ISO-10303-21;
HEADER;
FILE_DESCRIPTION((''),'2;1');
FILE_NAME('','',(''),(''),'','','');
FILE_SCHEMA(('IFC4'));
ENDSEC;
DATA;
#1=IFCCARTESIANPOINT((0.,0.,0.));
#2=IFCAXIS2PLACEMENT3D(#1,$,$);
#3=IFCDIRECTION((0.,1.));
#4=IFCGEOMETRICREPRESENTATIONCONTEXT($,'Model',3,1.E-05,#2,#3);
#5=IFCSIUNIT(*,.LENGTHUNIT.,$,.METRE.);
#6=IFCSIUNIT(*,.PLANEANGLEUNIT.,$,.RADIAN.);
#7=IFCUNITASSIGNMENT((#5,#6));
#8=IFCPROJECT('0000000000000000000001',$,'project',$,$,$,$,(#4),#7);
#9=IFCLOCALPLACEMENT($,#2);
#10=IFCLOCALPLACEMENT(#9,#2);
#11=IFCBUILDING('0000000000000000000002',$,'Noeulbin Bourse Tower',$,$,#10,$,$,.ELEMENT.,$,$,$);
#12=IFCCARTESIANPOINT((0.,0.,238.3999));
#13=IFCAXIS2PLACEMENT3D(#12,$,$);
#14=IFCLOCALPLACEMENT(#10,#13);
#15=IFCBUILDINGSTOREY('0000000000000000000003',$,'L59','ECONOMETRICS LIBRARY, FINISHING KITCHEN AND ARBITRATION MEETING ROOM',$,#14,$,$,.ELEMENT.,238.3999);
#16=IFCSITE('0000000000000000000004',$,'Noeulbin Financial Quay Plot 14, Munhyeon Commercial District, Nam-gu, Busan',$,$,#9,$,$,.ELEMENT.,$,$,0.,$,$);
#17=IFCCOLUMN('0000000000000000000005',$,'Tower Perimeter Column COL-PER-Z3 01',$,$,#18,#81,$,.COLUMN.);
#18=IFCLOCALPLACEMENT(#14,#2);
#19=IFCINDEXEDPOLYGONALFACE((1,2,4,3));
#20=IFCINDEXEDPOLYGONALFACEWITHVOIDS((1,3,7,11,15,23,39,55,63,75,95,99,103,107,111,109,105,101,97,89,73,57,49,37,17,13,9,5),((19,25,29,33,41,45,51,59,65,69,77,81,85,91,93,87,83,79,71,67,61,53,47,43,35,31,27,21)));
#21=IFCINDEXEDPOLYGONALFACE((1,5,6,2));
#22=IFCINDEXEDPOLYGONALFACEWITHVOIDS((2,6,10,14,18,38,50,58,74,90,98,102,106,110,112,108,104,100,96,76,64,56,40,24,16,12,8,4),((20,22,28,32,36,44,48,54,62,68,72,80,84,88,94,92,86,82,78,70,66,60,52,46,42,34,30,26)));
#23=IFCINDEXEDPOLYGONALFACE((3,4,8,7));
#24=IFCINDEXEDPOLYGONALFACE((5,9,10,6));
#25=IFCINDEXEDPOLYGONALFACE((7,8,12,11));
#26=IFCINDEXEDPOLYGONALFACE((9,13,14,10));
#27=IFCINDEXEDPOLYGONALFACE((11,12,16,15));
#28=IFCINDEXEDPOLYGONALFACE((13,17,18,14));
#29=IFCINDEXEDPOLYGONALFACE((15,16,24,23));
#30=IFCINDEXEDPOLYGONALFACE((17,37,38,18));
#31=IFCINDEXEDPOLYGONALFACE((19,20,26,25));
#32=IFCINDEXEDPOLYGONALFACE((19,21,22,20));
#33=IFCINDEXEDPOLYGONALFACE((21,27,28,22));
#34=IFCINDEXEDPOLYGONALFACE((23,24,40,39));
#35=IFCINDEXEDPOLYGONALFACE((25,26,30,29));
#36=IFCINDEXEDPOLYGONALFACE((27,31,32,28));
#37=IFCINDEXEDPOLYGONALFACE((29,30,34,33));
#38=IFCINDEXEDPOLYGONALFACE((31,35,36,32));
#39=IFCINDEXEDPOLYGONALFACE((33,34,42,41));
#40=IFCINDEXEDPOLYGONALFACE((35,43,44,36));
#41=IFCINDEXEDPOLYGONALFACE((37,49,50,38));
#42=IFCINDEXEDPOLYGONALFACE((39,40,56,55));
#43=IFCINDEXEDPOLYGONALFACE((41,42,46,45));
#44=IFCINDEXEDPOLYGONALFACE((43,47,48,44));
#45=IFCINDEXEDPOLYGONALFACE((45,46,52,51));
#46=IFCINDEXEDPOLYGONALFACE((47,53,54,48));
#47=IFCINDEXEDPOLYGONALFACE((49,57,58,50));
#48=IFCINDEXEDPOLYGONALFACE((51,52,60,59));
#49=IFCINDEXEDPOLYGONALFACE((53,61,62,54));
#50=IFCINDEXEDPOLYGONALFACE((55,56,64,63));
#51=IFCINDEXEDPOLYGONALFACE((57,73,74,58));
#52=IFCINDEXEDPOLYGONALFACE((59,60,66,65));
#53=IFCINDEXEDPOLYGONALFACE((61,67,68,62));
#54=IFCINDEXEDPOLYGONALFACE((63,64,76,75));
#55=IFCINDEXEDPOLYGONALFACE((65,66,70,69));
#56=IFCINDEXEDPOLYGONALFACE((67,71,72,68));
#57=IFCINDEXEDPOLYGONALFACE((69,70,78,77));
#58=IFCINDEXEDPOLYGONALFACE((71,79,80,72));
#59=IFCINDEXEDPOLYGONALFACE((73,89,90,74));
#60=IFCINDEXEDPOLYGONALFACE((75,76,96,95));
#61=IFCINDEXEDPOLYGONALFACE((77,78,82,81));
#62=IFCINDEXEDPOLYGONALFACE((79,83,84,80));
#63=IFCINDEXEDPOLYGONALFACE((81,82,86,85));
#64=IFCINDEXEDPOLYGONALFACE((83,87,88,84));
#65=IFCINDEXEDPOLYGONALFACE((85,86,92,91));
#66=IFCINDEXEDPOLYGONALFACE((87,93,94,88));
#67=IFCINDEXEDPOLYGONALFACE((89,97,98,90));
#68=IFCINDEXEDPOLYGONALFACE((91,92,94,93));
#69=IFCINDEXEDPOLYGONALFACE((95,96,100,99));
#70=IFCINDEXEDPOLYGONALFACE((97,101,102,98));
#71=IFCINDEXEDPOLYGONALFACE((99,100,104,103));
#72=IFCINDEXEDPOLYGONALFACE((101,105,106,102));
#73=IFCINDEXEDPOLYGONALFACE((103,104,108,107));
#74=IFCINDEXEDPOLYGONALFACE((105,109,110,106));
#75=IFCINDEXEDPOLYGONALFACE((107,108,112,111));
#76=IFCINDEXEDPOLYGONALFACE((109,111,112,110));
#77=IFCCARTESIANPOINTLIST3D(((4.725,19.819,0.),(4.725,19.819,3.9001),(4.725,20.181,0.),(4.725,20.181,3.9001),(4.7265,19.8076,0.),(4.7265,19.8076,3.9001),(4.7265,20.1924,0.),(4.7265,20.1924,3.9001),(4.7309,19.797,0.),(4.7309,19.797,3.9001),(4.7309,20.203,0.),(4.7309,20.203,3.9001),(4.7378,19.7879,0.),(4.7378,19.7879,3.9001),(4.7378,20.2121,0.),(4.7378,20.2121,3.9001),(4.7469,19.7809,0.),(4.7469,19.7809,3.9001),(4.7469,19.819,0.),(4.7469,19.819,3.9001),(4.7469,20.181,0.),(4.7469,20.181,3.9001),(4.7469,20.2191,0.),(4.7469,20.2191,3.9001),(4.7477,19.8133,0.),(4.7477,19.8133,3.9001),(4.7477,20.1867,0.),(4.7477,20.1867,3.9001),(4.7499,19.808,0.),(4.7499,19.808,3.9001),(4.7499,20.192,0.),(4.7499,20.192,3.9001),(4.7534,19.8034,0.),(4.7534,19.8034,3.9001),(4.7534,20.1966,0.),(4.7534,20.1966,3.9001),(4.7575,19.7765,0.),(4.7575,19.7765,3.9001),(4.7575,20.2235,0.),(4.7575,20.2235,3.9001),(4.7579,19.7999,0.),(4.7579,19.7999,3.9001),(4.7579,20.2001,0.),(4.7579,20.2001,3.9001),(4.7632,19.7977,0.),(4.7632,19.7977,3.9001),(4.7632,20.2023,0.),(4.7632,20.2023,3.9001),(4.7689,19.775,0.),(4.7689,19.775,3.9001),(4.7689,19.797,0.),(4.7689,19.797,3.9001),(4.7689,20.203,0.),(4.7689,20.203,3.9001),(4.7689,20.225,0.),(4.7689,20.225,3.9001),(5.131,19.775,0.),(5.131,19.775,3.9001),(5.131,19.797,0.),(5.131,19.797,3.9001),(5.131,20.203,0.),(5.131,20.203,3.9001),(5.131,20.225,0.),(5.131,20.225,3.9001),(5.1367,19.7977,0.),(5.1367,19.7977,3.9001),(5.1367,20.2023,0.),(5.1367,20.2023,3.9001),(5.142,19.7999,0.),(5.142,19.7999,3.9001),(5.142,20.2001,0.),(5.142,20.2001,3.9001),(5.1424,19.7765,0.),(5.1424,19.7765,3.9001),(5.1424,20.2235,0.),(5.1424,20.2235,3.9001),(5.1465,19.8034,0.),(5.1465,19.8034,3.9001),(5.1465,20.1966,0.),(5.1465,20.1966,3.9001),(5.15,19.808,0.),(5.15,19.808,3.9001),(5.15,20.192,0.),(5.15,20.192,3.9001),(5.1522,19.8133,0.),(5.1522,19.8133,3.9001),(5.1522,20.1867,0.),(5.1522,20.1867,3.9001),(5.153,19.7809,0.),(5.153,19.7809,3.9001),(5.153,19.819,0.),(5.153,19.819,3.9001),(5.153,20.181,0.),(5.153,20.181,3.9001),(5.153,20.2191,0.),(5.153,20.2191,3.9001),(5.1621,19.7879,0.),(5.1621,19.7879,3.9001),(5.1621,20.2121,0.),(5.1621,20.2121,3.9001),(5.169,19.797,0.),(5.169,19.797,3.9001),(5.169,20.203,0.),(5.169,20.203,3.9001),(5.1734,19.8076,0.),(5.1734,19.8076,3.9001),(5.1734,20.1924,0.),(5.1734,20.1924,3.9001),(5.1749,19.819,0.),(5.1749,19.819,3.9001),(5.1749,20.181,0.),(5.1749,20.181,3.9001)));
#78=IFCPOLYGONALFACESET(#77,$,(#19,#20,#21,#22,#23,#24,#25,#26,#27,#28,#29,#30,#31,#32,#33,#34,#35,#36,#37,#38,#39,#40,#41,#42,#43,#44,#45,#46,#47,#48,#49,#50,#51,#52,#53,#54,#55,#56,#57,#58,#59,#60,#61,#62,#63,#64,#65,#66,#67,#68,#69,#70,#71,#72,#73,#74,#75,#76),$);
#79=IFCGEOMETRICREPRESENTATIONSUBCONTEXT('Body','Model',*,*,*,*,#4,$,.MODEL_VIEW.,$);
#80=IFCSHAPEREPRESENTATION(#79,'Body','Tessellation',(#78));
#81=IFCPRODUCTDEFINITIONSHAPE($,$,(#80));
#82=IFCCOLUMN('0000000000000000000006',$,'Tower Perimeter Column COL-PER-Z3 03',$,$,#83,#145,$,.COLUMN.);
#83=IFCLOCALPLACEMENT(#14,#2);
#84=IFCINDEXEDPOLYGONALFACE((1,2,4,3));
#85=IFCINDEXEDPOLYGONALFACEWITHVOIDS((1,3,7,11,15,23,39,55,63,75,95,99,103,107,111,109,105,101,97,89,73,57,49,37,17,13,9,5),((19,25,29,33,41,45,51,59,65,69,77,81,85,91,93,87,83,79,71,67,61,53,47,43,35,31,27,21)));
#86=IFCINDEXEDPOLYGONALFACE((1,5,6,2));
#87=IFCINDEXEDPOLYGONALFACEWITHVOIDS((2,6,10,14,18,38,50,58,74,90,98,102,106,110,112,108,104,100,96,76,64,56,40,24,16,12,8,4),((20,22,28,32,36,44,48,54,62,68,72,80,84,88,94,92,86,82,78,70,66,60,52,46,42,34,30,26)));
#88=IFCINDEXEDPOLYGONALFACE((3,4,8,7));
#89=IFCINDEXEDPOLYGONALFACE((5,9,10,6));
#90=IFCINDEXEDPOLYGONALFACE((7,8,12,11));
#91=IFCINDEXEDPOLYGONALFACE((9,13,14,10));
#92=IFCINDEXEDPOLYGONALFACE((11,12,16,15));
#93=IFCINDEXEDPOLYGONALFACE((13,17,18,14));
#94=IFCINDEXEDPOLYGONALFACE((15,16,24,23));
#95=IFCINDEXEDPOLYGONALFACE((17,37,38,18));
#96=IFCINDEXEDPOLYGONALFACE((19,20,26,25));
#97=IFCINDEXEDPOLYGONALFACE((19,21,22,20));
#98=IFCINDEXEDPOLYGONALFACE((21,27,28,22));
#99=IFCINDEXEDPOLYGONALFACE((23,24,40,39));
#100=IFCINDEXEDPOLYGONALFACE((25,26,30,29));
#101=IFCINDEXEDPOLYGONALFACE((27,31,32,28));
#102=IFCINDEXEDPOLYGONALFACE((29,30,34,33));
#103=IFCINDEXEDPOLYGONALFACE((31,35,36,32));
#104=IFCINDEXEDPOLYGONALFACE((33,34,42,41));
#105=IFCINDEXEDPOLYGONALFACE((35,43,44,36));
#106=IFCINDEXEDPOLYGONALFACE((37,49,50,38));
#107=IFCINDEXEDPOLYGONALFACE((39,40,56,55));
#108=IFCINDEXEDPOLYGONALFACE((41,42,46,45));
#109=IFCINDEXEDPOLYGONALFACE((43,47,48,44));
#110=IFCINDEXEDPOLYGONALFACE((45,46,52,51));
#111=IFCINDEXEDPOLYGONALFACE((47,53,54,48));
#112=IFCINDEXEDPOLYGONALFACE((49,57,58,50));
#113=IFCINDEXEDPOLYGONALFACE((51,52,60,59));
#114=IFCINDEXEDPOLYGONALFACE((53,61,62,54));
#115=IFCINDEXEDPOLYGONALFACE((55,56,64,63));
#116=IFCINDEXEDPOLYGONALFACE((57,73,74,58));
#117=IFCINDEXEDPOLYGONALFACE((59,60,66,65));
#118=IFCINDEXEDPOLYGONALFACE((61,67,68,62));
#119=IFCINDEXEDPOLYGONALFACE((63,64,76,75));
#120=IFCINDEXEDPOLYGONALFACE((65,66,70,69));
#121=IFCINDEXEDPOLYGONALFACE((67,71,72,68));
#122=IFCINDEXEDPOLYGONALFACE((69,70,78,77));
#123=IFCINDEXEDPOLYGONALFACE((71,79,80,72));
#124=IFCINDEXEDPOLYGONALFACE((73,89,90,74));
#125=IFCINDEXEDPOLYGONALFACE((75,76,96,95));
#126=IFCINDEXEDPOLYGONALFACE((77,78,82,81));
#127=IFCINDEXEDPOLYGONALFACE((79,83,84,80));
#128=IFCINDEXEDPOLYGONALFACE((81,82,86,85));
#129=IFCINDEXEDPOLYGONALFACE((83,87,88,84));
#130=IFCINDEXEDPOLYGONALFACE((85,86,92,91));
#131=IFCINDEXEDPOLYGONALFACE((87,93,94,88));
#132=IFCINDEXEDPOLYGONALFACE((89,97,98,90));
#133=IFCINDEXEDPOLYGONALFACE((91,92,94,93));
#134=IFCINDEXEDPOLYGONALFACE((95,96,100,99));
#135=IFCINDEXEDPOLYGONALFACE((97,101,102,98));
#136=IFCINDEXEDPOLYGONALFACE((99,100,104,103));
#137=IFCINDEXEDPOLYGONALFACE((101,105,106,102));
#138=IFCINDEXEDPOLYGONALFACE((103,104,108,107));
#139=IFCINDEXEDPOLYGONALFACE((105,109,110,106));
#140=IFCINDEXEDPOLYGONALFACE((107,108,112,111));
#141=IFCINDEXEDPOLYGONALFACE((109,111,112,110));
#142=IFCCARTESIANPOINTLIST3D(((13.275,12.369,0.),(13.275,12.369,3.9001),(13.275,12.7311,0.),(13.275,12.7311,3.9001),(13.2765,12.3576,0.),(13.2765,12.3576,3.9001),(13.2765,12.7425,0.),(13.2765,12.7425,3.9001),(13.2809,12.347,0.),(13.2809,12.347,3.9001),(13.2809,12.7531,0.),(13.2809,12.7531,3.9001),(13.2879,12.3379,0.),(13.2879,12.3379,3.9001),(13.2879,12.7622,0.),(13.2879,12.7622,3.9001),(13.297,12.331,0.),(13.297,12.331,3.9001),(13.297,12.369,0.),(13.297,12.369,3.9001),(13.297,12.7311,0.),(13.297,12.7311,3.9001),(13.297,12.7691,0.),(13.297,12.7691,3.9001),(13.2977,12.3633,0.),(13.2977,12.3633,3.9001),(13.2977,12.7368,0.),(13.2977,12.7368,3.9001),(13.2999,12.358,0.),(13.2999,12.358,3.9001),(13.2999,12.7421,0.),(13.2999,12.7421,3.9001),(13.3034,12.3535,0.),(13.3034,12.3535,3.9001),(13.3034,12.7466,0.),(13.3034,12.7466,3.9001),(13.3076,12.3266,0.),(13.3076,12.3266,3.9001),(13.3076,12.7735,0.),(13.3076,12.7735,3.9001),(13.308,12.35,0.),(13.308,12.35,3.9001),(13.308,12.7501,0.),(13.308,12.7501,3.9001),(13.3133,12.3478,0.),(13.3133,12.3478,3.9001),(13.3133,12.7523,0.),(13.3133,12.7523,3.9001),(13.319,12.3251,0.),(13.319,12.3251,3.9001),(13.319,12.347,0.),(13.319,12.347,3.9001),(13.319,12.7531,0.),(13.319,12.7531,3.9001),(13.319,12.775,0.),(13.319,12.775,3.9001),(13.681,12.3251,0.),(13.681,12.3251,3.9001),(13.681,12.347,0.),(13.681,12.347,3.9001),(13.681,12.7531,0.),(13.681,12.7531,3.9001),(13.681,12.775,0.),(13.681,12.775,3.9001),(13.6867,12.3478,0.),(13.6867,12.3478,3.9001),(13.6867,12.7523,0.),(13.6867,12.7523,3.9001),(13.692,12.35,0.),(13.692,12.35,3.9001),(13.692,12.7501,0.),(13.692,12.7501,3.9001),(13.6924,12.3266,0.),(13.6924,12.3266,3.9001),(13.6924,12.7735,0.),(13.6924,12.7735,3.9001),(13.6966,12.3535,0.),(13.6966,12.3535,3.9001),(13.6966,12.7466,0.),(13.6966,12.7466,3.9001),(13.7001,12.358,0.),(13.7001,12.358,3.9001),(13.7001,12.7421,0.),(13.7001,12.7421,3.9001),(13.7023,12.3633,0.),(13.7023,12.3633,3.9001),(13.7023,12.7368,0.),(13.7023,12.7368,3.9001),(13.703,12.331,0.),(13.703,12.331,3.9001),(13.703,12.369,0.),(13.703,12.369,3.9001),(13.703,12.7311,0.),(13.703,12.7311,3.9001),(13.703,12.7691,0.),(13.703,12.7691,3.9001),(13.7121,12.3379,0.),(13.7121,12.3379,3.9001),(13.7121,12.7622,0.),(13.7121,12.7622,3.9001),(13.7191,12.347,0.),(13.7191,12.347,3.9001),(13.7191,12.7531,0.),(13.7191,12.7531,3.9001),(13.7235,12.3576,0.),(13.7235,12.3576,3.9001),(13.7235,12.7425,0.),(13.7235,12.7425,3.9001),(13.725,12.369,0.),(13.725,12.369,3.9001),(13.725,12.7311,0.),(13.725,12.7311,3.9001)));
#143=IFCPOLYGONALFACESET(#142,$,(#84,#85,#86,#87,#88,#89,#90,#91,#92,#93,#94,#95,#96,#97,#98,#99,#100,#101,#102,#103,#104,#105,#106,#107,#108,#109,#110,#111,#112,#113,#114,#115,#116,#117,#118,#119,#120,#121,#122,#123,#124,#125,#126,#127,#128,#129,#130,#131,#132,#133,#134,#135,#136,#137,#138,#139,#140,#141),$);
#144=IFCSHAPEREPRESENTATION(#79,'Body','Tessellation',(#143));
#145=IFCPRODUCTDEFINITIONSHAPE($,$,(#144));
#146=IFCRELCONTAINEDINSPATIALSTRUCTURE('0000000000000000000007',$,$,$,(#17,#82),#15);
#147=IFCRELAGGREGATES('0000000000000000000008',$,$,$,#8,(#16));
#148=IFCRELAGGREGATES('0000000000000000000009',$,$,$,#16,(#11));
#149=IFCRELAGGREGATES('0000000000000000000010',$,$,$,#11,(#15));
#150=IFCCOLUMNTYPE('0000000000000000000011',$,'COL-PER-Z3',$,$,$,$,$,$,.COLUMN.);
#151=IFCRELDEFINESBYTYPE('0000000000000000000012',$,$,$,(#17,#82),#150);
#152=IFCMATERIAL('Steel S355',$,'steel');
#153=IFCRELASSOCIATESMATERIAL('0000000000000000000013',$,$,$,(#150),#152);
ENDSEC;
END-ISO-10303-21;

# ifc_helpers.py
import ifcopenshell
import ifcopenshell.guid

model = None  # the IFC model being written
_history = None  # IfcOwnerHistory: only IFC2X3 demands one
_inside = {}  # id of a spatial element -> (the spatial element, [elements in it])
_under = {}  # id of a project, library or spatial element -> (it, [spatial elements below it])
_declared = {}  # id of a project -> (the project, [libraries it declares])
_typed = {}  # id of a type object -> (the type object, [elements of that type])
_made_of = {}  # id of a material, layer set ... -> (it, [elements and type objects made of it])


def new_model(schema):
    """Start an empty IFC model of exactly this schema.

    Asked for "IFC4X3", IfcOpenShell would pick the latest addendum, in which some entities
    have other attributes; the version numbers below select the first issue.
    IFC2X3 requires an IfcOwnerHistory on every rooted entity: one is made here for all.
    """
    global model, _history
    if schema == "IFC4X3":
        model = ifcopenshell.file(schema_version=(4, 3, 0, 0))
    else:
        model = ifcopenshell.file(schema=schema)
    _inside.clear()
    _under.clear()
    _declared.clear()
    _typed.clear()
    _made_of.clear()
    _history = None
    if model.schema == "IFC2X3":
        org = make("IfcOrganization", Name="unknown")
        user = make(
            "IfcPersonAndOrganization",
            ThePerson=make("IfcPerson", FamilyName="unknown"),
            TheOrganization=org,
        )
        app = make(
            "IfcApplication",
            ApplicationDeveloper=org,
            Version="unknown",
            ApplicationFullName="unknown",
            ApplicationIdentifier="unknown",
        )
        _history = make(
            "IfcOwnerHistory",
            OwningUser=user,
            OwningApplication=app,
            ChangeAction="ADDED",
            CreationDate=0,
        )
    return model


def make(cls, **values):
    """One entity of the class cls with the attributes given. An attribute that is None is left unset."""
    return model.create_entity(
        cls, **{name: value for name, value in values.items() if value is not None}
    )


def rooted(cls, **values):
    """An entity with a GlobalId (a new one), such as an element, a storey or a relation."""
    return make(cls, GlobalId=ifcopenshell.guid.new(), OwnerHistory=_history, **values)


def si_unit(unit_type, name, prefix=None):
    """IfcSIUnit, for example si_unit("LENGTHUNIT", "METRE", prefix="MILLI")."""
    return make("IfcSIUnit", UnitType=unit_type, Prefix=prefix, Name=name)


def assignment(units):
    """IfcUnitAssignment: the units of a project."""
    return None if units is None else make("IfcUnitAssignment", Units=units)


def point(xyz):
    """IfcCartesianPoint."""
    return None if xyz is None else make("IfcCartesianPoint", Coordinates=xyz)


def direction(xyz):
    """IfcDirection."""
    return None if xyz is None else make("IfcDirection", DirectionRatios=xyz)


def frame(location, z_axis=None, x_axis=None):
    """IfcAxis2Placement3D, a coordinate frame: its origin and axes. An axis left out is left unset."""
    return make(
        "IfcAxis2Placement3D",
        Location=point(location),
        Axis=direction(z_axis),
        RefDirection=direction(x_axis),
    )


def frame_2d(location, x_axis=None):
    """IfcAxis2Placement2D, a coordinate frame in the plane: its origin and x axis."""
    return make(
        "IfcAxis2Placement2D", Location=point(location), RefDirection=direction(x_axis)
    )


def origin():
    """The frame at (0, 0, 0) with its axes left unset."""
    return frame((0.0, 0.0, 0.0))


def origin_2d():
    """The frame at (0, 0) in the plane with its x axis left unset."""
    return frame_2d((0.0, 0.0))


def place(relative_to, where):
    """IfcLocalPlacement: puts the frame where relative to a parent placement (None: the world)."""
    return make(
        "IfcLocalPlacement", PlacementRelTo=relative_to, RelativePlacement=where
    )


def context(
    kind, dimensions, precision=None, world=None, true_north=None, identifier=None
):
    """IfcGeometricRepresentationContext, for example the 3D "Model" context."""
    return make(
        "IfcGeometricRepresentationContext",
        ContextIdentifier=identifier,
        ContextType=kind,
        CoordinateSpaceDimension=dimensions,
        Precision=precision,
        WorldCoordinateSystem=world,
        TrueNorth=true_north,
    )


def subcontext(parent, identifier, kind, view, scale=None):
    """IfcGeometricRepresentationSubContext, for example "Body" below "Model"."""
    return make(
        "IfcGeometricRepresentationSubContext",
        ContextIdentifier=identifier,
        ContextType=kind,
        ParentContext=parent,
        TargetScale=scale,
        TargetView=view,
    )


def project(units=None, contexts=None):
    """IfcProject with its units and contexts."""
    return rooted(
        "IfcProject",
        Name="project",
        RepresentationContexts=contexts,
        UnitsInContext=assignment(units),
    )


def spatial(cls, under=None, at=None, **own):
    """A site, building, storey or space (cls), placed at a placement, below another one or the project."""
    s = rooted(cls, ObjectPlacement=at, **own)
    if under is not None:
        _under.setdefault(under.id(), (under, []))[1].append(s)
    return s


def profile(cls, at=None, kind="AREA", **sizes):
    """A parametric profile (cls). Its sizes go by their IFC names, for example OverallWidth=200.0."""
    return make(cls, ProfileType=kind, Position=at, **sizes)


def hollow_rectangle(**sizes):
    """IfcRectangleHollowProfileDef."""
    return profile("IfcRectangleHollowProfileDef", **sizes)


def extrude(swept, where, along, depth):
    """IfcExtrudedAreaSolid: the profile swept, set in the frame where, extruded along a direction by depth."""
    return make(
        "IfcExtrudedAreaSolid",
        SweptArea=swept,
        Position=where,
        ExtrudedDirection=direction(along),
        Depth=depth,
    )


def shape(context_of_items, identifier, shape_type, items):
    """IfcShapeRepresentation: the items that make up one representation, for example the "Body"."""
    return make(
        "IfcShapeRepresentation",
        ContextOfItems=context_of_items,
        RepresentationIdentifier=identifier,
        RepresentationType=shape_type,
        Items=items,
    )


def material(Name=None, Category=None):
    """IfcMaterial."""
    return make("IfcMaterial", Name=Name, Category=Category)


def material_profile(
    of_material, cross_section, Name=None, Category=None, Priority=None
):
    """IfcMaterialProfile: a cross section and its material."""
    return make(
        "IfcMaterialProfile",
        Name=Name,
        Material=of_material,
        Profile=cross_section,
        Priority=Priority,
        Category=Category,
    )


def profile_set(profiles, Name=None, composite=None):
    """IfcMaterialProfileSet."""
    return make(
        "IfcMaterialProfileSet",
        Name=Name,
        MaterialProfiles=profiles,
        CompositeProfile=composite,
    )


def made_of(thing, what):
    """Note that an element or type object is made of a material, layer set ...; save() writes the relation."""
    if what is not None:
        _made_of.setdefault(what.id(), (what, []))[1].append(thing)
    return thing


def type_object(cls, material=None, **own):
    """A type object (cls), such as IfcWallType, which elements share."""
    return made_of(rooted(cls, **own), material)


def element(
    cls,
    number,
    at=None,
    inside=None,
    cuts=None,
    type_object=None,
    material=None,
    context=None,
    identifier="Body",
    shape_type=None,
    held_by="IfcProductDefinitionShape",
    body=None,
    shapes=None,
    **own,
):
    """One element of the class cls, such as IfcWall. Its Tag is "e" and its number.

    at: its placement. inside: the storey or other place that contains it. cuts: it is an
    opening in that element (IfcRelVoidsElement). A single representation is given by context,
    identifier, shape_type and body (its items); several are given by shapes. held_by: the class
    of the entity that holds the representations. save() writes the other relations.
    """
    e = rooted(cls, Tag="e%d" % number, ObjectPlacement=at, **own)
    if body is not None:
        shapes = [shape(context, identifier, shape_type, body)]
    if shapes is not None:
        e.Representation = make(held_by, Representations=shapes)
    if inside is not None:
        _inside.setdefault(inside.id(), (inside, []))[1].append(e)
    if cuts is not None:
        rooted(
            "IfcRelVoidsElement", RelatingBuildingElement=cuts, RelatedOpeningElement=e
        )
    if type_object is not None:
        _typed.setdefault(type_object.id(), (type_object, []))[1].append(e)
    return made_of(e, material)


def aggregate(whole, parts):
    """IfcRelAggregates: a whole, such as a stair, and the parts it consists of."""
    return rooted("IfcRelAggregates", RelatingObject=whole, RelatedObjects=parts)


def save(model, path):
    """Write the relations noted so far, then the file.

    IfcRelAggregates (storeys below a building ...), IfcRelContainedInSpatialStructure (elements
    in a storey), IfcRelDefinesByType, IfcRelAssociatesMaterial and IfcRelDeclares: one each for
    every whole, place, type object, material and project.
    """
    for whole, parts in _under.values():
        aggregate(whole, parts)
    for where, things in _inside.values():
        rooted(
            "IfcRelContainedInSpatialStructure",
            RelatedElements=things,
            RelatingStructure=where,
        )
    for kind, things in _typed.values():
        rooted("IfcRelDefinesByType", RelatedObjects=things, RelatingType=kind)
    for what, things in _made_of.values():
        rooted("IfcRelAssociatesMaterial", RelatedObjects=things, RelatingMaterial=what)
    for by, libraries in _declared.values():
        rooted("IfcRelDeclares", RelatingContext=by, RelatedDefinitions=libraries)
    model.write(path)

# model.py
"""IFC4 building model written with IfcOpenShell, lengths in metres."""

from ifc_helpers import new_model, si_unit, direction, frame, origin, origin_2d, place, context, subcontext, project, spatial, hollow_rectangle, extrude, material, material_profile, profile_set, type_object, element, save


model = new_model("IFC4")

# Units and contexts
model_context = context("Model", 3, precision=1e-05, world=origin(), true_north=direction((0.0, 1.0)))
body_context = subcontext(model_context, "Body", "Model", "MODEL_VIEW")
ifc_project = project(units=[si_unit("LENGTHUNIT", "METRE"), si_unit("PLANEANGLEUNIT", "RADIAN")], contexts=[model_context])

# Site, building, storey
site_placement = place(None, origin())
site = spatial("IfcSite", under=ifc_project, at=site_placement, Name="Noeulbin Financial Quay Plot 14, Munhyeon Commercial District, Nam-gu, Busan", CompositionType="ELEMENT", RefElevation=0.0)
building_placement = place(site_placement, origin())
building = spatial("IfcBuilding", under=site, at=building_placement, Name="Noeulbin Bourse Tower", CompositionType="ELEMENT")
storey_placement = place(building_placement, frame((0.0, 0.0, 238.3999)))
storey = spatial("IfcBuildingStorey", under=building, at=storey_placement, Name="L59", Description="ECONOMETRICS LIBRARY, FINISHING KITCHEN AND ARBITRATION MEETING ROOM", CompositionType="ELEMENT", Elevation=238.3999)

# Columns
ifc_material_1 = material(Name="Steel S355", Category="steel")
ifc_material_profile_1 = material_profile(ifc_material_1, hollow_rectangle(XDim=0.45, YDim=0.45, WallThickness=0.022, InnerFilletRadius=0.022, OuterFilletRadius=0.0439, at=origin_2d()), Name="SHS-450x450x22", Category="LoadBearing")
ifc_profile_set_1 = profile_set([ifc_material_profile_1], Name="Steel S355")
column_type_1 = type_object("IfcColumnType", Name="COL-PER-Z3", PredefinedType="COLUMN", material=ifc_profile_set_1)
for number, where, z_axis, x_axis, name in (
    (1, (4.95, 20.0, 0.0), (0.0, 0.0, 1.0), (1.0, 0.0, 0.0), "Tower Perimeter Column COL-PER-Z3 01"),
    (2, (13.5, 12.55, 0.0), (0.0, 0.0, 1.0), (1.0, 0.0, 0.0), "Tower Perimeter Column COL-PER-Z3 03"),
):
    element("IfcColumn", number, at=place(storey_placement, frame(where, z_axis=z_axis, x_axis=x_axis)), inside=storey, type_object=column_type_1, Name=name, PredefinedType="COLUMN", context=body_context, shape_type="SweptSolid", body=[
        extrude(hollow_rectangle(XDim=0.45, YDim=0.45, WallThickness=0.022, InnerFilletRadius=0.022, OuterFilletRadius=0.0439, at=origin_2d()), origin(), (0.0, 0.0, 1.0), 3.9001),
    ])

save(model, "model.ifc")
